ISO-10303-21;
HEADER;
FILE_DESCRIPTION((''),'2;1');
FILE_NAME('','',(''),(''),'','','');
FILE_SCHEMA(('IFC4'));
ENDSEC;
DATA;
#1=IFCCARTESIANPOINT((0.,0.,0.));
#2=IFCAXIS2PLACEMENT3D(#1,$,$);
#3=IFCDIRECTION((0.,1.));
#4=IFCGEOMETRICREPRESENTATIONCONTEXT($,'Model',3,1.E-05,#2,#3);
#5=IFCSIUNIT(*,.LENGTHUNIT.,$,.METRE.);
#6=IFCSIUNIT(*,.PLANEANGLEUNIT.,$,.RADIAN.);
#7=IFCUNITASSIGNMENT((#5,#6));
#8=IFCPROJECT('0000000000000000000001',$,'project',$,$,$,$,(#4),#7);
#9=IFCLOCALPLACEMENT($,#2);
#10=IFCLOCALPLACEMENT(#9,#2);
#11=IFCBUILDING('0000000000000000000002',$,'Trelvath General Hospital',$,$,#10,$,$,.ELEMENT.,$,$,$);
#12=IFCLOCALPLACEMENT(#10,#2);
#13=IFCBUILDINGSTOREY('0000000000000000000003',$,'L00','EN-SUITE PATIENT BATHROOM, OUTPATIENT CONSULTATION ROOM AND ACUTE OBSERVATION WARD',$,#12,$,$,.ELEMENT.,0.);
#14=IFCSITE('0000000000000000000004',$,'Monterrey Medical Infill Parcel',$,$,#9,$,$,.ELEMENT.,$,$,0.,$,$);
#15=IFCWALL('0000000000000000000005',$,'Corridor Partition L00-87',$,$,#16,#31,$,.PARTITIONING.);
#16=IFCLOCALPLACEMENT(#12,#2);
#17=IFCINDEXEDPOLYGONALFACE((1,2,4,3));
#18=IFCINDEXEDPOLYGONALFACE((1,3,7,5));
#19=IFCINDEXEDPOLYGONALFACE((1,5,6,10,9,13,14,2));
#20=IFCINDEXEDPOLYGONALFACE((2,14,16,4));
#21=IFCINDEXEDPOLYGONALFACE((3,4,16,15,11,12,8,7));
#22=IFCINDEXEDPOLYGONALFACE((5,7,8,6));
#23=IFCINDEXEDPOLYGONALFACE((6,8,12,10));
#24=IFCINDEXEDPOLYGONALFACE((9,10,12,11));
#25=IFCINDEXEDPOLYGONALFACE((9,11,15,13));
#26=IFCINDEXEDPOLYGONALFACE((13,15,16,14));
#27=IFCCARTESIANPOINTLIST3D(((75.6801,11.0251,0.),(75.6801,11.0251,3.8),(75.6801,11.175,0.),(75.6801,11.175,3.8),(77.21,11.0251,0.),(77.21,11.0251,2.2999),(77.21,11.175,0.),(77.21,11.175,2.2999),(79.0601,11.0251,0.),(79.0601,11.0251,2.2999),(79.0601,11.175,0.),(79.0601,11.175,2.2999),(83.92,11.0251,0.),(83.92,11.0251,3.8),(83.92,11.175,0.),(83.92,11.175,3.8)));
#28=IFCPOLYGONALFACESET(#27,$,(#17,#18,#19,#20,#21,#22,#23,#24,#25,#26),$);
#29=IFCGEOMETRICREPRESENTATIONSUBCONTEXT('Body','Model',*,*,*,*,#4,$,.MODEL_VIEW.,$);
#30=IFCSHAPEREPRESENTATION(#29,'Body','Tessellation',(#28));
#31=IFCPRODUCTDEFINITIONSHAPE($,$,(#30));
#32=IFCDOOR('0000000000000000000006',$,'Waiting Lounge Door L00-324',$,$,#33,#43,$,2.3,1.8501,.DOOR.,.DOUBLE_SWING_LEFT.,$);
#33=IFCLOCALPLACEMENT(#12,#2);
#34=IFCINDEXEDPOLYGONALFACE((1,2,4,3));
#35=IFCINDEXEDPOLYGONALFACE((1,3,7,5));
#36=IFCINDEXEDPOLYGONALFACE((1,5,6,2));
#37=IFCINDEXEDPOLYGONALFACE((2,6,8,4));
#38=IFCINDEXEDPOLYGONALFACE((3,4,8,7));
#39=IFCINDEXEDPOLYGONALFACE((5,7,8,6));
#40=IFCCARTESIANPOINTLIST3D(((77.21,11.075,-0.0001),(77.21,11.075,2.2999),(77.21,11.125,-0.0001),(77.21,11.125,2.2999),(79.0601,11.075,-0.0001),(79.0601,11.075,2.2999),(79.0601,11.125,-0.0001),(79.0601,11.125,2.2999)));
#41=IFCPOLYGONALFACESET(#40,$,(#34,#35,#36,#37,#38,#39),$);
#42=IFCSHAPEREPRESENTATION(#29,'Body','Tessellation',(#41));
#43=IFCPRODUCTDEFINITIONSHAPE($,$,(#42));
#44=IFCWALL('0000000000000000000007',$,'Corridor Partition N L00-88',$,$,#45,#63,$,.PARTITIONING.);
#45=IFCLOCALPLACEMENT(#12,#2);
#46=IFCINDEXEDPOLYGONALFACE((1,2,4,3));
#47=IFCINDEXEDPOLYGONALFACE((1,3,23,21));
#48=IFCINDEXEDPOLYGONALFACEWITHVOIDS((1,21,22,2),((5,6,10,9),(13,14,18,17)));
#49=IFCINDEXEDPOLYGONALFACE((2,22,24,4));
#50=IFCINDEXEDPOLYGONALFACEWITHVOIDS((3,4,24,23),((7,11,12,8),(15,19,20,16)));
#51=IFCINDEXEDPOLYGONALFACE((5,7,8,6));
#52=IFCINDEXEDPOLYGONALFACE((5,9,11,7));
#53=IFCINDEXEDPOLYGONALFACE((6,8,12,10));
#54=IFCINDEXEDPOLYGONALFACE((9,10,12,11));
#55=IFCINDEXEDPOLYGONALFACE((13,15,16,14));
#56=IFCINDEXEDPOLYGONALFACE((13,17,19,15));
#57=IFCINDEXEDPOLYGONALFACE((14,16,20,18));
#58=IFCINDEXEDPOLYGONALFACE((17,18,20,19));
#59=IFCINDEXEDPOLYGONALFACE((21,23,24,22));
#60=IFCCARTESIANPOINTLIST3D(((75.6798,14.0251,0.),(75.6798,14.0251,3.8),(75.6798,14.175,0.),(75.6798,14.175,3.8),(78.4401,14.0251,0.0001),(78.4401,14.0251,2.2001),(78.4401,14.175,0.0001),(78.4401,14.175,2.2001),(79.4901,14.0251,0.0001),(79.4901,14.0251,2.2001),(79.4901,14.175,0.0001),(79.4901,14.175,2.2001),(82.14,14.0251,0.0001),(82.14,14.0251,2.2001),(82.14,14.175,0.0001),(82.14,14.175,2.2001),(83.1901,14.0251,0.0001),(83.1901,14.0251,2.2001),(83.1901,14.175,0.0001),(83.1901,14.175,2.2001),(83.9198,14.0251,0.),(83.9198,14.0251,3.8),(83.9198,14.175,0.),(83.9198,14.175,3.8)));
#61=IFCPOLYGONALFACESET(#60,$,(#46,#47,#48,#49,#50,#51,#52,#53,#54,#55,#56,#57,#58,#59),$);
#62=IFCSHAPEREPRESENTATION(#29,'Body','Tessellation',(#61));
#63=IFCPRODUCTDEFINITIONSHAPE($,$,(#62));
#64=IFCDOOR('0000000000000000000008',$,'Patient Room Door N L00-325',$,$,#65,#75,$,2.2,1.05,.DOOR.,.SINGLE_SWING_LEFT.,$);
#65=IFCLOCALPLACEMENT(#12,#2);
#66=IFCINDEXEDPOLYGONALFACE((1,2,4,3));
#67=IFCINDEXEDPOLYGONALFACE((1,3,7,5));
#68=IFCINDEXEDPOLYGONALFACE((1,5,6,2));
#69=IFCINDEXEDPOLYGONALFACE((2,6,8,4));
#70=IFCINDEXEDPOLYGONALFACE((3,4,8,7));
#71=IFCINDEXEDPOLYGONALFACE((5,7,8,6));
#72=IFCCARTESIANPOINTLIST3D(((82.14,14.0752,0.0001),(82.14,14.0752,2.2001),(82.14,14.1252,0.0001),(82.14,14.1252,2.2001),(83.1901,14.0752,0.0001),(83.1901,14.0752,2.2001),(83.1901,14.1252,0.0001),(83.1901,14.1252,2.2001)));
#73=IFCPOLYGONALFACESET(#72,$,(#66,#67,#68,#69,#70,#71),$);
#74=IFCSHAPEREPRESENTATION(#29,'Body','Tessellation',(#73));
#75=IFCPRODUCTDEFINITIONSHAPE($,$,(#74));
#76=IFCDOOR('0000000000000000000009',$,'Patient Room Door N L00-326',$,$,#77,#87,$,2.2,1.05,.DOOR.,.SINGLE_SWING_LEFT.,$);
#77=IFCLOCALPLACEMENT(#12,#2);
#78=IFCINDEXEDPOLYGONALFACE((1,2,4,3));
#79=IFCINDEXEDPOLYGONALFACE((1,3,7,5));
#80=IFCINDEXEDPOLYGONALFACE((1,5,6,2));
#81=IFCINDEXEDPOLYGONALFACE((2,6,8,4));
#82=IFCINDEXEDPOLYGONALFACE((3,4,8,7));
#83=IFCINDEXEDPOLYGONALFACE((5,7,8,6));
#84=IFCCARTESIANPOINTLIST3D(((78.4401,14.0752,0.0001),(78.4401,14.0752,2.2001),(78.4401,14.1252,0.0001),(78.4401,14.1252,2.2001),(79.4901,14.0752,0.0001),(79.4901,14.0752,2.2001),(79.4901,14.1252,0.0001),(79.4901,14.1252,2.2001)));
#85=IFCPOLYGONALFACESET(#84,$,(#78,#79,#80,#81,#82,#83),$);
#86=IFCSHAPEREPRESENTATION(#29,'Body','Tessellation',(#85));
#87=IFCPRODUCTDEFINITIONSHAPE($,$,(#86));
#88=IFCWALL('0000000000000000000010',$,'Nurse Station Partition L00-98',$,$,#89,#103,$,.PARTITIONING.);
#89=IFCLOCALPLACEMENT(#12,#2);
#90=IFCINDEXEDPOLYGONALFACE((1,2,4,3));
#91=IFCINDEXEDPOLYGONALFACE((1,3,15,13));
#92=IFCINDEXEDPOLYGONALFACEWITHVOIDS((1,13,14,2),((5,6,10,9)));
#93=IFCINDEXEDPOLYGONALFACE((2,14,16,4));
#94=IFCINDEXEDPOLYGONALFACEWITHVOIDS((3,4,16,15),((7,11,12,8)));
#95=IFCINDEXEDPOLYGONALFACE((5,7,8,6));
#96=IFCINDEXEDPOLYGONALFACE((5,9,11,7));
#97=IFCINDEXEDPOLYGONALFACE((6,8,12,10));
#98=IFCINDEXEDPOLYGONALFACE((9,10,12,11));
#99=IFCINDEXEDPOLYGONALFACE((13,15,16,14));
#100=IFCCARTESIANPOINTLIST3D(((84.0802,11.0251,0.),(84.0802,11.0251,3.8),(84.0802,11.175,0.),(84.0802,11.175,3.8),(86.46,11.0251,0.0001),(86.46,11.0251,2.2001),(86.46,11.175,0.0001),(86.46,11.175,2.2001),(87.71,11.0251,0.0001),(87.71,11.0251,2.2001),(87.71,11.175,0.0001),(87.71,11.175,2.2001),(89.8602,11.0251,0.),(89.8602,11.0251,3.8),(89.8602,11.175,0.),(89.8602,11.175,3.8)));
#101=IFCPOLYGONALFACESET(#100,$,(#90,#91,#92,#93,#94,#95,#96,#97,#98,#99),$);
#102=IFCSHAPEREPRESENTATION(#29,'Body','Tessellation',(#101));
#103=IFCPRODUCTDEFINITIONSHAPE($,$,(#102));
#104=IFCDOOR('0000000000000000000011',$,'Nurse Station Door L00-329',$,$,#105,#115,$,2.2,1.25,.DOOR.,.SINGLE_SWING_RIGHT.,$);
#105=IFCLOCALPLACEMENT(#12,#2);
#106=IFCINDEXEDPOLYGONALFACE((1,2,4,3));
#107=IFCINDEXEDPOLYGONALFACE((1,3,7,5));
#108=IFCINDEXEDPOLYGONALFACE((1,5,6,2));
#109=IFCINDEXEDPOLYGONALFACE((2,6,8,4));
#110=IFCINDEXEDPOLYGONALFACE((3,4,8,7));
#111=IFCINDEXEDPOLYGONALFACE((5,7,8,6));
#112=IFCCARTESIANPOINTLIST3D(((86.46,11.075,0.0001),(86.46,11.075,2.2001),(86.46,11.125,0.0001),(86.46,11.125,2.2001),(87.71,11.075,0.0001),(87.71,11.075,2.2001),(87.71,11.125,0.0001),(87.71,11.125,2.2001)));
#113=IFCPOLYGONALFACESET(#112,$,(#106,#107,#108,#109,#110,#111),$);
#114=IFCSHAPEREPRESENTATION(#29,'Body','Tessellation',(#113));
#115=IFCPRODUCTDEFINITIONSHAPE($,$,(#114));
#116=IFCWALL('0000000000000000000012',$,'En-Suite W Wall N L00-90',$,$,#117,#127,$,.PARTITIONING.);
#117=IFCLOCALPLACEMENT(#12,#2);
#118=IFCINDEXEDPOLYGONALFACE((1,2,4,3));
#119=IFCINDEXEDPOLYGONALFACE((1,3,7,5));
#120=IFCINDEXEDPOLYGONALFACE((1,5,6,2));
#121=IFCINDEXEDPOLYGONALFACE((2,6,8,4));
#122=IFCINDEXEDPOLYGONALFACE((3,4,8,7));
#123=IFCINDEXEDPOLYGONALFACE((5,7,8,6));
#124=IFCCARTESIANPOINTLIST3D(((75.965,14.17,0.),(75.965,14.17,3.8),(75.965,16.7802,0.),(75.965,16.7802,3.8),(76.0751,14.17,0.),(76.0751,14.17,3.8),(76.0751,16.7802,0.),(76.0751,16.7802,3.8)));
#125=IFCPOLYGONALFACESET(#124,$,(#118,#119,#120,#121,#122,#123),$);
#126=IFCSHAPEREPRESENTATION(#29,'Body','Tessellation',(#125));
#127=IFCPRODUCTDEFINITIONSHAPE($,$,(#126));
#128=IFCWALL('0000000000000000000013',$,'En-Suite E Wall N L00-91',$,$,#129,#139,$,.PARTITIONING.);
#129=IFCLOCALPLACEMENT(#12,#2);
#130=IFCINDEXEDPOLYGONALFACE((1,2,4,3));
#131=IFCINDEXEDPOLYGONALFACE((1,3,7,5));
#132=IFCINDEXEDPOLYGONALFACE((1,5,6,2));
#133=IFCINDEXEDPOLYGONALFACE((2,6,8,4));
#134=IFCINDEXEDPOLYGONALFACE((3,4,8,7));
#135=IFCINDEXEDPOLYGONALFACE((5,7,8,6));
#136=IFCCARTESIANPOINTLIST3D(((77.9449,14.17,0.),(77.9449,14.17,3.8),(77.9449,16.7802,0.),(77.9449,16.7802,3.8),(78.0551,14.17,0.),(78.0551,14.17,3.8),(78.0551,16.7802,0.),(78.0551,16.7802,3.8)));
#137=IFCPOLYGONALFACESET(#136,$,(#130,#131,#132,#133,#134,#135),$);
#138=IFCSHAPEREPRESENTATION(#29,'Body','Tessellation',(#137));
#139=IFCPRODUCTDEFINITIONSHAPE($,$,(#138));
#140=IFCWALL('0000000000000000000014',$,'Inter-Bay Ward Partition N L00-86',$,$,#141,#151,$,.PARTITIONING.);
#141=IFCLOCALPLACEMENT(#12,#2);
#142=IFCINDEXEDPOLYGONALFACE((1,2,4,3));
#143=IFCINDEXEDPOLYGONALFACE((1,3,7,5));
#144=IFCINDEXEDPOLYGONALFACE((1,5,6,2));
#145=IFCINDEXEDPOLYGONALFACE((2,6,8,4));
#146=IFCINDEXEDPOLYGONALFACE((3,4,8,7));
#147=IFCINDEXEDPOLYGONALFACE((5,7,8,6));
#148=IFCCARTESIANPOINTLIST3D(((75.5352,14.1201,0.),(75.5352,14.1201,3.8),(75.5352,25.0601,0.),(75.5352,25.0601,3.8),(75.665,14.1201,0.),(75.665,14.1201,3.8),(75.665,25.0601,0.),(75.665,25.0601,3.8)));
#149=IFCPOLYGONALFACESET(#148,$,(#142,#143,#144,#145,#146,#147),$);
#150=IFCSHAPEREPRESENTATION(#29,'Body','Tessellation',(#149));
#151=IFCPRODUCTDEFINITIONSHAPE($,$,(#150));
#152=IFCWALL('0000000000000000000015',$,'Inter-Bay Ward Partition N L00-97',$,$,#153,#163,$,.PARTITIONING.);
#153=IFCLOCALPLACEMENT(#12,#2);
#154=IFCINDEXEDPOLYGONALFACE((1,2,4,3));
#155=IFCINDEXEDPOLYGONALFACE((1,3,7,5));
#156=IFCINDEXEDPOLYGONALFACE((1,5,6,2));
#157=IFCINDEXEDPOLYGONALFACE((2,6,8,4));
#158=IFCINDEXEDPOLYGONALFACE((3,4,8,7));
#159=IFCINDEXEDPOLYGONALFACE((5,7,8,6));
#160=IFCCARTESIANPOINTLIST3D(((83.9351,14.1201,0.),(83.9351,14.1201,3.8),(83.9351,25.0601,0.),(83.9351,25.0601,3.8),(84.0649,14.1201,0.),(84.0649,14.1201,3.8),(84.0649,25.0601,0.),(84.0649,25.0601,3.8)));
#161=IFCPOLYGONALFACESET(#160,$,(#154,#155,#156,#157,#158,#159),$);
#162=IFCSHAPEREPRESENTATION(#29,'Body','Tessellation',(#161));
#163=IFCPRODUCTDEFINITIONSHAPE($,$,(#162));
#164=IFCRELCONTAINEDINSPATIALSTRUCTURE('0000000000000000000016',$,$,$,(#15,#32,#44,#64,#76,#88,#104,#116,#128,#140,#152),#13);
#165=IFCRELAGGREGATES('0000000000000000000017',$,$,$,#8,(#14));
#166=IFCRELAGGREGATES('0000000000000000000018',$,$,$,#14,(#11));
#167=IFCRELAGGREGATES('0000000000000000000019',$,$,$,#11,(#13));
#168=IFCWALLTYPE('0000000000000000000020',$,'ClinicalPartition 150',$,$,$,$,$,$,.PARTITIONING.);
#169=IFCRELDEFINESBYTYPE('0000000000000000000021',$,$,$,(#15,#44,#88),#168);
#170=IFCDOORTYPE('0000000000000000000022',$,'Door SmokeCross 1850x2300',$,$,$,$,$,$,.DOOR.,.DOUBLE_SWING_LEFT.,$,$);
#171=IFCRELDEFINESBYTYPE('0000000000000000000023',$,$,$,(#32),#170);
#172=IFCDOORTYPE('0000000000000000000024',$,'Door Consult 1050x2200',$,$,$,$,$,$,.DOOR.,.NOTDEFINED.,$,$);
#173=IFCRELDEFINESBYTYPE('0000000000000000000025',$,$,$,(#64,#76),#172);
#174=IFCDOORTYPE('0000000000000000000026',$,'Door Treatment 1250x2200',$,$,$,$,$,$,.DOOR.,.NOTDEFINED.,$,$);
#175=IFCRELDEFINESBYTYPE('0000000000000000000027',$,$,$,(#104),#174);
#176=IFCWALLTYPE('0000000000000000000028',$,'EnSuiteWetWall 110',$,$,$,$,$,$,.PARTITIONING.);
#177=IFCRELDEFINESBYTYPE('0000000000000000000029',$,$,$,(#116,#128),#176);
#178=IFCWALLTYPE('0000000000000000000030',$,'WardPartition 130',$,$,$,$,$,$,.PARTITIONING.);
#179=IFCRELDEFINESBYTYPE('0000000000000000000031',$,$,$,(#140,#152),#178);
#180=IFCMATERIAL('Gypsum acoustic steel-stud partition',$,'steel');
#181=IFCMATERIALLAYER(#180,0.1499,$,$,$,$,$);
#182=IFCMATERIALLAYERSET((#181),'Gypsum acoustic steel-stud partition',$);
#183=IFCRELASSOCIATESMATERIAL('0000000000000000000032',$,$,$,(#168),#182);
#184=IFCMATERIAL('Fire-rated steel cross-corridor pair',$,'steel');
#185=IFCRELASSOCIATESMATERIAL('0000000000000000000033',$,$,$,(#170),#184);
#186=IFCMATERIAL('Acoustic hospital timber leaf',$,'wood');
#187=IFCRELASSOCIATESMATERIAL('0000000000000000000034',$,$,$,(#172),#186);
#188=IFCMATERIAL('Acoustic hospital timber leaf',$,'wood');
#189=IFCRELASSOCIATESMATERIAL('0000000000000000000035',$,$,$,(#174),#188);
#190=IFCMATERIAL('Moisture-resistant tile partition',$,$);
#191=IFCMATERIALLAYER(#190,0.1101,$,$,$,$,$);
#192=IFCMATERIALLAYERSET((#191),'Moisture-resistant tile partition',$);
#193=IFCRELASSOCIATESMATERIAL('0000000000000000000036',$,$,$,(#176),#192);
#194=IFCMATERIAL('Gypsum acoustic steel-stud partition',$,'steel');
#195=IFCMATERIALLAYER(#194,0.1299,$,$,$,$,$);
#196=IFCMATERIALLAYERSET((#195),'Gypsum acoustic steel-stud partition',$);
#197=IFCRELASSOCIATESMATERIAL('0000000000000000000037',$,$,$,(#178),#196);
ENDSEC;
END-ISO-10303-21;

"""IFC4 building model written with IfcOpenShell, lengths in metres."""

from ifc_helpers import new_model, si_unit, direction, frame, frame_2d, origin, place, context, subcontext, project, spatial, rectangle, extrude, material, layer, layer_set, type_object, element, fill, save


model = new_model("IFC4")

# Units and contexts
model_context = context("Model", 3, precision=1e-05, world=origin(), true_north=direction((0.0, 1.0)))
body_context = subcontext(model_context, "Body", "Model", "MODEL_VIEW")
ifc_project = project(units=[si_unit("LENGTHUNIT", "METRE"), si_unit("PLANEANGLEUNIT", "RADIAN")], contexts=[model_context])

# Site, building, storey
site_placement = place(None, origin())
site = spatial("IfcSite", under=ifc_project, at=site_placement, Name="Monterrey Medical Infill Parcel", CompositionType="ELEMENT", RefElevation=0.0)
building_placement = place(site_placement, origin())
building = spatial("IfcBuilding", under=site, at=building_placement, Name="Trelvath General Hospital", CompositionType="ELEMENT")
storey_placement = place(building_placement, origin())
storey = spatial("IfcBuildingStorey", under=building, at=storey_placement, Name="L00", Description="EN-SUITE PATIENT BATHROOM, OUTPATIENT CONSULTATION ROOM AND ACUTE OBSERVATION WARD", CompositionType="ELEMENT", Elevation=0.0)

# Wall, opening, door
ifc_material_1 = material(Name="Gypsum acoustic steel-stud partition", Category="steel")
ifc_layer_1 = layer(ifc_material_1, 0.1499)
ifc_layer_set_1 = layer_set([ifc_layer_1], Name="Gypsum acoustic steel-stud partition")
wall_type_1 = type_object("IfcWallType", Name="ClinicalPartition 150", PredefinedType="PARTITIONING", material=ifc_layer_set_1)
wall_1_placement = place(storey_placement, frame((75.6799, 11.1001, 0.0), z_axis=(0.0, 0.0, 1.0), x_axis=(1.0, 0.0, 0.0)))
wall_1 = element("IfcWall", 1, at=wall_1_placement, inside=storey, type_object=wall_type_1, Name="Corridor Partition L00-87", PredefinedType="PARTITIONING", context=body_context, shape_type="SweptSolid", body=[
    extrude(rectangle(XDim=8.24, YDim=0.1499, at=frame_2d((4.1201, 0.0))), origin(), (0.0, 0.0, 1.0), 3.8),
])
opening_1_placement = place(wall_1_placement, frame((1.53, 0.0, 0.0)))
opening_1 = element("IfcOpeningElement", 2, at=opening_1_placement, cuts=wall_1, PredefinedType="OPENING", context=body_context, shape_type="SweptSolid", body=[
    extrude(rectangle(XDim=1.8501, YDim=2.3, at=frame_2d((0.925, 1.1499))), frame((0.0, 0.085, 0.0), z_axis=(0.0, -1.0, 0.0), x_axis=(1.0, 0.0, 0.0)), (0.0, 0.0, 1.0), 0.1699),
])
ifc_material_2 = material(Name="Fire-rated steel cross-corridor pair", Category="steel")
door_type_1 = type_object("IfcDoorType", Name="Door SmokeCross 1850x2300", OperationType="DOUBLE_SWING_LEFT", PredefinedType="DOOR", material=ifc_material_2)
door_1_placement = place(opening_1_placement, origin())
door_1 = element("IfcDoor", 3, at=door_1_placement, inside=storey, type_object=door_type_1, Name="Waiting Lounge Door L00-324", OperationType="DOUBLE_SWING_LEFT", OverallHeight=2.3, OverallWidth=1.8501, PredefinedType="DOOR", context=body_context, shape_type="SweptSolid", body=[
    extrude(rectangle(XDim=1.8501, YDim=2.3, at=frame_2d((0.925, 1.1499))), frame((0.0, 0.0249, 0.0), z_axis=(0.0, -1.0, 0.0), x_axis=(1.0, 0.0, 0.0)), (0.0, 0.0, 1.0), 0.05),
])
fill(opening_1, door_1)

# Wall, openings, doors
wall_2_placement = place(storey_placement, frame((83.9199, 14.1001, 0.0), z_axis=(0.0, 0.0, 1.0), x_axis=(-1.0, 0.0, 0.0)))
wall_2 = element("IfcWall", 4, at=wall_2_placement, inside=storey, type_object=wall_type_1, Name="Corridor Partition N L00-88", PredefinedType="PARTITIONING", context=body_context, shape_type="SweptSolid", body=[
    extrude(rectangle(XDim=8.24, YDim=0.1499, at=frame_2d((4.1201, 0.0))), origin(), (0.0, 0.0, 1.0), 3.8),
])
opening_2_placement = place(wall_2_placement, frame((0.73, 0.0, 0.0)))
opening_2 = element("IfcOpeningElement", 5, at=opening_2_placement, cuts=wall_2, PredefinedType="OPENING", context=body_context, shape_type="SweptSolid", body=[
    extrude(rectangle(XDim=1.05, YDim=2.2, at=frame_2d((0.5249, 1.1001))), frame((0.0, 0.085, 0.0), z_axis=(0.0, -1.0, 0.0), x_axis=(1.0, 0.0, 0.0)), (0.0, 0.0, 1.0), 0.1699),
])
opening_3_placement = place(wall_2_placement, frame((4.4299, 0.0, 0.0)))
opening_3 = element("IfcOpeningElement", 6, at=opening_3_placement, cuts=wall_2, PredefinedType="OPENING", context=body_context, shape_type="SweptSolid", body=[
    extrude(rectangle(XDim=1.05, YDim=2.2, at=frame_2d((0.5249, 1.1001))), frame((0.0, 0.085, 0.0), z_axis=(0.0, -1.0, 0.0), x_axis=(1.0, 0.0, 0.0)), (0.0, 0.0, 1.0), 0.1699),
])
ifc_material_3 = material(Name="Acoustic hospital timber leaf", Category="wood")
door_type_2 = type_object("IfcDoorType", Name="Door Consult 1050x2200", OperationType="NOTDEFINED", PredefinedType="DOOR", material=ifc_material_3)
door_2_placement = place(opening_2_placement, origin())
door_2 = element("IfcDoor", 7, at=door_2_placement, inside=storey, type_object=door_type_2, Name="Patient Room Door N L00-325", OperationType="SINGLE_SWING_LEFT", OverallHeight=2.2, OverallWidth=1.05, PredefinedType="DOOR", context=body_context, shape_type="SweptSolid", body=[
    extrude(rectangle(XDim=1.05, YDim=2.2, at=frame_2d((0.5249, 1.1001))), frame((0.0, 0.0249, 0.0), z_axis=(0.0, -1.0, 0.0), x_axis=(1.0, 0.0, 0.0)), (0.0, 0.0, 1.0), 0.05),
])
fill(opening_2, door_2)
door_3_placement = place(opening_3_placement, origin())
door_3 = element("IfcDoor", 8, at=door_3_placement, inside=storey, type_object=door_type_2, Name="Patient Room Door N L00-326", OperationType="SINGLE_SWING_LEFT", OverallHeight=2.2, OverallWidth=1.05, PredefinedType="DOOR", context=body_context, shape_type="SweptSolid", body=[
    extrude(rectangle(XDim=1.05, YDim=2.2, at=frame_2d((0.5249, 1.1001))), frame((0.0, 0.0249, 0.0), z_axis=(0.0, -1.0, 0.0), x_axis=(1.0, 0.0, 0.0)), (0.0, 0.0, 1.0), 0.05),
])
fill(opening_3, door_3)

# Wall, opening, door
wall_3_placement = place(storey_placement, frame((84.0801, 11.1001, 0.0), z_axis=(0.0, 0.0, 1.0), x_axis=(1.0, 0.0, 0.0)))
wall_3 = element("IfcWall", 9, at=wall_3_placement, inside=storey, type_object=wall_type_1, Name="Nurse Station Partition L00-98", PredefinedType="PARTITIONING", context=body_context, shape_type="SweptSolid", body=[
    extrude(rectangle(XDim=5.78, YDim=0.1499, at=frame_2d((2.8901, 0.0))), origin(), (0.0, 0.0, 1.0), 3.8),
])
opening_4_placement = place(wall_3_placement, frame((2.3799, 0.0, 0.0)))
opening_4 = element("IfcOpeningElement", 10, at=opening_4_placement, cuts=wall_3, PredefinedType="OPENING", context=body_context, shape_type="SweptSolid", body=[
    extrude(rectangle(XDim=1.25, YDim=2.2, at=frame_2d((0.625, 1.1001))), frame((0.0, 0.085, 0.0), z_axis=(0.0, -1.0, 0.0), x_axis=(1.0, 0.0, 0.0)), (0.0, 0.0, 1.0), 0.1699),
])
ifc_material_4 = material(Name="Acoustic hospital timber leaf", Category="wood")
door_type_3 = type_object("IfcDoorType", Name="Door Treatment 1250x2200", OperationType="NOTDEFINED", PredefinedType="DOOR", material=ifc_material_4)
door_4_placement = place(opening_4_placement, origin())
door_4 = element("IfcDoor", 11, at=door_4_placement, inside=storey, type_object=door_type_3, Name="Nurse Station Door L00-329", OperationType="SINGLE_SWING_RIGHT", OverallHeight=2.2, OverallWidth=1.25, PredefinedType="DOOR", context=body_context, shape_type="SweptSolid", body=[
    extrude(rectangle(XDim=1.25, YDim=2.2, at=frame_2d((0.625, 1.1001))), frame((0.0, 0.0249, 0.0), z_axis=(0.0, -1.0, 0.0), x_axis=(1.0, 0.0, 0.0)), (0.0, 0.0, 1.0), 0.05),
])
fill(opening_4, door_4)

# Walls
ifc_material_5 = material(Name="Moisture-resistant tile partition")
ifc_layer_2 = layer(ifc_material_5, 0.1101)
ifc_layer_set_2 = layer_set([ifc_layer_2], Name="Moisture-resistant tile partition")
wall_type_2 = type_object("IfcWallType", Name="EnSuiteWetWall 110", PredefinedType="PARTITIONING", material=ifc_layer_set_2)
for number, where, z_axis, x_axis, name in (
    (12, (76.02, 14.1699, 0.0), (0.0, 0.0, 1.0), (0.0, 1.0, 0.0), "En-Suite W Wall N L00-90"),
    (13, (78.0, 14.1699, 0.0), (0.0, 0.0, 1.0), (0.0, 1.0, 0.0), "En-Suite E Wall N L00-91"),
):
    element("IfcWall", number, at=place(storey_placement, frame(where, z_axis=z_axis, x_axis=x_axis)), inside=storey, type_object=wall_type_2, Name=name, PredefinedType="PARTITIONING", context=body_context, shape_type="SweptSolid", body=[
        extrude(rectangle(XDim=2.6101, YDim=0.1101, at=frame_2d((1.3052, 0.0))), origin(), (0.0, 0.0, 1.0), 3.8),
    ])
ifc_material_6 = material(Name="Gypsum acoustic steel-stud partition", Category="steel")
ifc_layer_3 = layer(ifc_material_6, 0.1299)
ifc_layer_set_3 = layer_set([ifc_layer_3], Name="Gypsum acoustic steel-stud partition")
wall_type_3 = type_object("IfcWallType", Name="WardPartition 130", PredefinedType="PARTITIONING", material=ifc_layer_set_3)
for number, where, z_axis, x_axis, name in (
    (14, (75.6001, 14.1201, 0.0), (0.0, 0.0, 1.0), (0.0, 1.0, 0.0), "Inter-Bay Ward Partition N L00-86"),
    (15, (84.0, 14.1201, 0.0), (0.0, 0.0, 1.0), (0.0, 1.0, 0.0), "Inter-Bay Ward Partition N L00-97"),
):
    element("IfcWall", number, at=place(storey_placement, frame(where, z_axis=z_axis, x_axis=x_axis)), inside=storey, type_object=wall_type_3, Name=name, PredefinedType="PARTITIONING", context=body_context, shape_type="SweptSolid", body=[
        extrude(rectangle(XDim=10.9399, YDim=0.1299, at=frame_2d((5.47, 0.0))), origin(), (0.0, 0.0, 1.0), 3.8),
    ])

save(model, "model.ifc")
